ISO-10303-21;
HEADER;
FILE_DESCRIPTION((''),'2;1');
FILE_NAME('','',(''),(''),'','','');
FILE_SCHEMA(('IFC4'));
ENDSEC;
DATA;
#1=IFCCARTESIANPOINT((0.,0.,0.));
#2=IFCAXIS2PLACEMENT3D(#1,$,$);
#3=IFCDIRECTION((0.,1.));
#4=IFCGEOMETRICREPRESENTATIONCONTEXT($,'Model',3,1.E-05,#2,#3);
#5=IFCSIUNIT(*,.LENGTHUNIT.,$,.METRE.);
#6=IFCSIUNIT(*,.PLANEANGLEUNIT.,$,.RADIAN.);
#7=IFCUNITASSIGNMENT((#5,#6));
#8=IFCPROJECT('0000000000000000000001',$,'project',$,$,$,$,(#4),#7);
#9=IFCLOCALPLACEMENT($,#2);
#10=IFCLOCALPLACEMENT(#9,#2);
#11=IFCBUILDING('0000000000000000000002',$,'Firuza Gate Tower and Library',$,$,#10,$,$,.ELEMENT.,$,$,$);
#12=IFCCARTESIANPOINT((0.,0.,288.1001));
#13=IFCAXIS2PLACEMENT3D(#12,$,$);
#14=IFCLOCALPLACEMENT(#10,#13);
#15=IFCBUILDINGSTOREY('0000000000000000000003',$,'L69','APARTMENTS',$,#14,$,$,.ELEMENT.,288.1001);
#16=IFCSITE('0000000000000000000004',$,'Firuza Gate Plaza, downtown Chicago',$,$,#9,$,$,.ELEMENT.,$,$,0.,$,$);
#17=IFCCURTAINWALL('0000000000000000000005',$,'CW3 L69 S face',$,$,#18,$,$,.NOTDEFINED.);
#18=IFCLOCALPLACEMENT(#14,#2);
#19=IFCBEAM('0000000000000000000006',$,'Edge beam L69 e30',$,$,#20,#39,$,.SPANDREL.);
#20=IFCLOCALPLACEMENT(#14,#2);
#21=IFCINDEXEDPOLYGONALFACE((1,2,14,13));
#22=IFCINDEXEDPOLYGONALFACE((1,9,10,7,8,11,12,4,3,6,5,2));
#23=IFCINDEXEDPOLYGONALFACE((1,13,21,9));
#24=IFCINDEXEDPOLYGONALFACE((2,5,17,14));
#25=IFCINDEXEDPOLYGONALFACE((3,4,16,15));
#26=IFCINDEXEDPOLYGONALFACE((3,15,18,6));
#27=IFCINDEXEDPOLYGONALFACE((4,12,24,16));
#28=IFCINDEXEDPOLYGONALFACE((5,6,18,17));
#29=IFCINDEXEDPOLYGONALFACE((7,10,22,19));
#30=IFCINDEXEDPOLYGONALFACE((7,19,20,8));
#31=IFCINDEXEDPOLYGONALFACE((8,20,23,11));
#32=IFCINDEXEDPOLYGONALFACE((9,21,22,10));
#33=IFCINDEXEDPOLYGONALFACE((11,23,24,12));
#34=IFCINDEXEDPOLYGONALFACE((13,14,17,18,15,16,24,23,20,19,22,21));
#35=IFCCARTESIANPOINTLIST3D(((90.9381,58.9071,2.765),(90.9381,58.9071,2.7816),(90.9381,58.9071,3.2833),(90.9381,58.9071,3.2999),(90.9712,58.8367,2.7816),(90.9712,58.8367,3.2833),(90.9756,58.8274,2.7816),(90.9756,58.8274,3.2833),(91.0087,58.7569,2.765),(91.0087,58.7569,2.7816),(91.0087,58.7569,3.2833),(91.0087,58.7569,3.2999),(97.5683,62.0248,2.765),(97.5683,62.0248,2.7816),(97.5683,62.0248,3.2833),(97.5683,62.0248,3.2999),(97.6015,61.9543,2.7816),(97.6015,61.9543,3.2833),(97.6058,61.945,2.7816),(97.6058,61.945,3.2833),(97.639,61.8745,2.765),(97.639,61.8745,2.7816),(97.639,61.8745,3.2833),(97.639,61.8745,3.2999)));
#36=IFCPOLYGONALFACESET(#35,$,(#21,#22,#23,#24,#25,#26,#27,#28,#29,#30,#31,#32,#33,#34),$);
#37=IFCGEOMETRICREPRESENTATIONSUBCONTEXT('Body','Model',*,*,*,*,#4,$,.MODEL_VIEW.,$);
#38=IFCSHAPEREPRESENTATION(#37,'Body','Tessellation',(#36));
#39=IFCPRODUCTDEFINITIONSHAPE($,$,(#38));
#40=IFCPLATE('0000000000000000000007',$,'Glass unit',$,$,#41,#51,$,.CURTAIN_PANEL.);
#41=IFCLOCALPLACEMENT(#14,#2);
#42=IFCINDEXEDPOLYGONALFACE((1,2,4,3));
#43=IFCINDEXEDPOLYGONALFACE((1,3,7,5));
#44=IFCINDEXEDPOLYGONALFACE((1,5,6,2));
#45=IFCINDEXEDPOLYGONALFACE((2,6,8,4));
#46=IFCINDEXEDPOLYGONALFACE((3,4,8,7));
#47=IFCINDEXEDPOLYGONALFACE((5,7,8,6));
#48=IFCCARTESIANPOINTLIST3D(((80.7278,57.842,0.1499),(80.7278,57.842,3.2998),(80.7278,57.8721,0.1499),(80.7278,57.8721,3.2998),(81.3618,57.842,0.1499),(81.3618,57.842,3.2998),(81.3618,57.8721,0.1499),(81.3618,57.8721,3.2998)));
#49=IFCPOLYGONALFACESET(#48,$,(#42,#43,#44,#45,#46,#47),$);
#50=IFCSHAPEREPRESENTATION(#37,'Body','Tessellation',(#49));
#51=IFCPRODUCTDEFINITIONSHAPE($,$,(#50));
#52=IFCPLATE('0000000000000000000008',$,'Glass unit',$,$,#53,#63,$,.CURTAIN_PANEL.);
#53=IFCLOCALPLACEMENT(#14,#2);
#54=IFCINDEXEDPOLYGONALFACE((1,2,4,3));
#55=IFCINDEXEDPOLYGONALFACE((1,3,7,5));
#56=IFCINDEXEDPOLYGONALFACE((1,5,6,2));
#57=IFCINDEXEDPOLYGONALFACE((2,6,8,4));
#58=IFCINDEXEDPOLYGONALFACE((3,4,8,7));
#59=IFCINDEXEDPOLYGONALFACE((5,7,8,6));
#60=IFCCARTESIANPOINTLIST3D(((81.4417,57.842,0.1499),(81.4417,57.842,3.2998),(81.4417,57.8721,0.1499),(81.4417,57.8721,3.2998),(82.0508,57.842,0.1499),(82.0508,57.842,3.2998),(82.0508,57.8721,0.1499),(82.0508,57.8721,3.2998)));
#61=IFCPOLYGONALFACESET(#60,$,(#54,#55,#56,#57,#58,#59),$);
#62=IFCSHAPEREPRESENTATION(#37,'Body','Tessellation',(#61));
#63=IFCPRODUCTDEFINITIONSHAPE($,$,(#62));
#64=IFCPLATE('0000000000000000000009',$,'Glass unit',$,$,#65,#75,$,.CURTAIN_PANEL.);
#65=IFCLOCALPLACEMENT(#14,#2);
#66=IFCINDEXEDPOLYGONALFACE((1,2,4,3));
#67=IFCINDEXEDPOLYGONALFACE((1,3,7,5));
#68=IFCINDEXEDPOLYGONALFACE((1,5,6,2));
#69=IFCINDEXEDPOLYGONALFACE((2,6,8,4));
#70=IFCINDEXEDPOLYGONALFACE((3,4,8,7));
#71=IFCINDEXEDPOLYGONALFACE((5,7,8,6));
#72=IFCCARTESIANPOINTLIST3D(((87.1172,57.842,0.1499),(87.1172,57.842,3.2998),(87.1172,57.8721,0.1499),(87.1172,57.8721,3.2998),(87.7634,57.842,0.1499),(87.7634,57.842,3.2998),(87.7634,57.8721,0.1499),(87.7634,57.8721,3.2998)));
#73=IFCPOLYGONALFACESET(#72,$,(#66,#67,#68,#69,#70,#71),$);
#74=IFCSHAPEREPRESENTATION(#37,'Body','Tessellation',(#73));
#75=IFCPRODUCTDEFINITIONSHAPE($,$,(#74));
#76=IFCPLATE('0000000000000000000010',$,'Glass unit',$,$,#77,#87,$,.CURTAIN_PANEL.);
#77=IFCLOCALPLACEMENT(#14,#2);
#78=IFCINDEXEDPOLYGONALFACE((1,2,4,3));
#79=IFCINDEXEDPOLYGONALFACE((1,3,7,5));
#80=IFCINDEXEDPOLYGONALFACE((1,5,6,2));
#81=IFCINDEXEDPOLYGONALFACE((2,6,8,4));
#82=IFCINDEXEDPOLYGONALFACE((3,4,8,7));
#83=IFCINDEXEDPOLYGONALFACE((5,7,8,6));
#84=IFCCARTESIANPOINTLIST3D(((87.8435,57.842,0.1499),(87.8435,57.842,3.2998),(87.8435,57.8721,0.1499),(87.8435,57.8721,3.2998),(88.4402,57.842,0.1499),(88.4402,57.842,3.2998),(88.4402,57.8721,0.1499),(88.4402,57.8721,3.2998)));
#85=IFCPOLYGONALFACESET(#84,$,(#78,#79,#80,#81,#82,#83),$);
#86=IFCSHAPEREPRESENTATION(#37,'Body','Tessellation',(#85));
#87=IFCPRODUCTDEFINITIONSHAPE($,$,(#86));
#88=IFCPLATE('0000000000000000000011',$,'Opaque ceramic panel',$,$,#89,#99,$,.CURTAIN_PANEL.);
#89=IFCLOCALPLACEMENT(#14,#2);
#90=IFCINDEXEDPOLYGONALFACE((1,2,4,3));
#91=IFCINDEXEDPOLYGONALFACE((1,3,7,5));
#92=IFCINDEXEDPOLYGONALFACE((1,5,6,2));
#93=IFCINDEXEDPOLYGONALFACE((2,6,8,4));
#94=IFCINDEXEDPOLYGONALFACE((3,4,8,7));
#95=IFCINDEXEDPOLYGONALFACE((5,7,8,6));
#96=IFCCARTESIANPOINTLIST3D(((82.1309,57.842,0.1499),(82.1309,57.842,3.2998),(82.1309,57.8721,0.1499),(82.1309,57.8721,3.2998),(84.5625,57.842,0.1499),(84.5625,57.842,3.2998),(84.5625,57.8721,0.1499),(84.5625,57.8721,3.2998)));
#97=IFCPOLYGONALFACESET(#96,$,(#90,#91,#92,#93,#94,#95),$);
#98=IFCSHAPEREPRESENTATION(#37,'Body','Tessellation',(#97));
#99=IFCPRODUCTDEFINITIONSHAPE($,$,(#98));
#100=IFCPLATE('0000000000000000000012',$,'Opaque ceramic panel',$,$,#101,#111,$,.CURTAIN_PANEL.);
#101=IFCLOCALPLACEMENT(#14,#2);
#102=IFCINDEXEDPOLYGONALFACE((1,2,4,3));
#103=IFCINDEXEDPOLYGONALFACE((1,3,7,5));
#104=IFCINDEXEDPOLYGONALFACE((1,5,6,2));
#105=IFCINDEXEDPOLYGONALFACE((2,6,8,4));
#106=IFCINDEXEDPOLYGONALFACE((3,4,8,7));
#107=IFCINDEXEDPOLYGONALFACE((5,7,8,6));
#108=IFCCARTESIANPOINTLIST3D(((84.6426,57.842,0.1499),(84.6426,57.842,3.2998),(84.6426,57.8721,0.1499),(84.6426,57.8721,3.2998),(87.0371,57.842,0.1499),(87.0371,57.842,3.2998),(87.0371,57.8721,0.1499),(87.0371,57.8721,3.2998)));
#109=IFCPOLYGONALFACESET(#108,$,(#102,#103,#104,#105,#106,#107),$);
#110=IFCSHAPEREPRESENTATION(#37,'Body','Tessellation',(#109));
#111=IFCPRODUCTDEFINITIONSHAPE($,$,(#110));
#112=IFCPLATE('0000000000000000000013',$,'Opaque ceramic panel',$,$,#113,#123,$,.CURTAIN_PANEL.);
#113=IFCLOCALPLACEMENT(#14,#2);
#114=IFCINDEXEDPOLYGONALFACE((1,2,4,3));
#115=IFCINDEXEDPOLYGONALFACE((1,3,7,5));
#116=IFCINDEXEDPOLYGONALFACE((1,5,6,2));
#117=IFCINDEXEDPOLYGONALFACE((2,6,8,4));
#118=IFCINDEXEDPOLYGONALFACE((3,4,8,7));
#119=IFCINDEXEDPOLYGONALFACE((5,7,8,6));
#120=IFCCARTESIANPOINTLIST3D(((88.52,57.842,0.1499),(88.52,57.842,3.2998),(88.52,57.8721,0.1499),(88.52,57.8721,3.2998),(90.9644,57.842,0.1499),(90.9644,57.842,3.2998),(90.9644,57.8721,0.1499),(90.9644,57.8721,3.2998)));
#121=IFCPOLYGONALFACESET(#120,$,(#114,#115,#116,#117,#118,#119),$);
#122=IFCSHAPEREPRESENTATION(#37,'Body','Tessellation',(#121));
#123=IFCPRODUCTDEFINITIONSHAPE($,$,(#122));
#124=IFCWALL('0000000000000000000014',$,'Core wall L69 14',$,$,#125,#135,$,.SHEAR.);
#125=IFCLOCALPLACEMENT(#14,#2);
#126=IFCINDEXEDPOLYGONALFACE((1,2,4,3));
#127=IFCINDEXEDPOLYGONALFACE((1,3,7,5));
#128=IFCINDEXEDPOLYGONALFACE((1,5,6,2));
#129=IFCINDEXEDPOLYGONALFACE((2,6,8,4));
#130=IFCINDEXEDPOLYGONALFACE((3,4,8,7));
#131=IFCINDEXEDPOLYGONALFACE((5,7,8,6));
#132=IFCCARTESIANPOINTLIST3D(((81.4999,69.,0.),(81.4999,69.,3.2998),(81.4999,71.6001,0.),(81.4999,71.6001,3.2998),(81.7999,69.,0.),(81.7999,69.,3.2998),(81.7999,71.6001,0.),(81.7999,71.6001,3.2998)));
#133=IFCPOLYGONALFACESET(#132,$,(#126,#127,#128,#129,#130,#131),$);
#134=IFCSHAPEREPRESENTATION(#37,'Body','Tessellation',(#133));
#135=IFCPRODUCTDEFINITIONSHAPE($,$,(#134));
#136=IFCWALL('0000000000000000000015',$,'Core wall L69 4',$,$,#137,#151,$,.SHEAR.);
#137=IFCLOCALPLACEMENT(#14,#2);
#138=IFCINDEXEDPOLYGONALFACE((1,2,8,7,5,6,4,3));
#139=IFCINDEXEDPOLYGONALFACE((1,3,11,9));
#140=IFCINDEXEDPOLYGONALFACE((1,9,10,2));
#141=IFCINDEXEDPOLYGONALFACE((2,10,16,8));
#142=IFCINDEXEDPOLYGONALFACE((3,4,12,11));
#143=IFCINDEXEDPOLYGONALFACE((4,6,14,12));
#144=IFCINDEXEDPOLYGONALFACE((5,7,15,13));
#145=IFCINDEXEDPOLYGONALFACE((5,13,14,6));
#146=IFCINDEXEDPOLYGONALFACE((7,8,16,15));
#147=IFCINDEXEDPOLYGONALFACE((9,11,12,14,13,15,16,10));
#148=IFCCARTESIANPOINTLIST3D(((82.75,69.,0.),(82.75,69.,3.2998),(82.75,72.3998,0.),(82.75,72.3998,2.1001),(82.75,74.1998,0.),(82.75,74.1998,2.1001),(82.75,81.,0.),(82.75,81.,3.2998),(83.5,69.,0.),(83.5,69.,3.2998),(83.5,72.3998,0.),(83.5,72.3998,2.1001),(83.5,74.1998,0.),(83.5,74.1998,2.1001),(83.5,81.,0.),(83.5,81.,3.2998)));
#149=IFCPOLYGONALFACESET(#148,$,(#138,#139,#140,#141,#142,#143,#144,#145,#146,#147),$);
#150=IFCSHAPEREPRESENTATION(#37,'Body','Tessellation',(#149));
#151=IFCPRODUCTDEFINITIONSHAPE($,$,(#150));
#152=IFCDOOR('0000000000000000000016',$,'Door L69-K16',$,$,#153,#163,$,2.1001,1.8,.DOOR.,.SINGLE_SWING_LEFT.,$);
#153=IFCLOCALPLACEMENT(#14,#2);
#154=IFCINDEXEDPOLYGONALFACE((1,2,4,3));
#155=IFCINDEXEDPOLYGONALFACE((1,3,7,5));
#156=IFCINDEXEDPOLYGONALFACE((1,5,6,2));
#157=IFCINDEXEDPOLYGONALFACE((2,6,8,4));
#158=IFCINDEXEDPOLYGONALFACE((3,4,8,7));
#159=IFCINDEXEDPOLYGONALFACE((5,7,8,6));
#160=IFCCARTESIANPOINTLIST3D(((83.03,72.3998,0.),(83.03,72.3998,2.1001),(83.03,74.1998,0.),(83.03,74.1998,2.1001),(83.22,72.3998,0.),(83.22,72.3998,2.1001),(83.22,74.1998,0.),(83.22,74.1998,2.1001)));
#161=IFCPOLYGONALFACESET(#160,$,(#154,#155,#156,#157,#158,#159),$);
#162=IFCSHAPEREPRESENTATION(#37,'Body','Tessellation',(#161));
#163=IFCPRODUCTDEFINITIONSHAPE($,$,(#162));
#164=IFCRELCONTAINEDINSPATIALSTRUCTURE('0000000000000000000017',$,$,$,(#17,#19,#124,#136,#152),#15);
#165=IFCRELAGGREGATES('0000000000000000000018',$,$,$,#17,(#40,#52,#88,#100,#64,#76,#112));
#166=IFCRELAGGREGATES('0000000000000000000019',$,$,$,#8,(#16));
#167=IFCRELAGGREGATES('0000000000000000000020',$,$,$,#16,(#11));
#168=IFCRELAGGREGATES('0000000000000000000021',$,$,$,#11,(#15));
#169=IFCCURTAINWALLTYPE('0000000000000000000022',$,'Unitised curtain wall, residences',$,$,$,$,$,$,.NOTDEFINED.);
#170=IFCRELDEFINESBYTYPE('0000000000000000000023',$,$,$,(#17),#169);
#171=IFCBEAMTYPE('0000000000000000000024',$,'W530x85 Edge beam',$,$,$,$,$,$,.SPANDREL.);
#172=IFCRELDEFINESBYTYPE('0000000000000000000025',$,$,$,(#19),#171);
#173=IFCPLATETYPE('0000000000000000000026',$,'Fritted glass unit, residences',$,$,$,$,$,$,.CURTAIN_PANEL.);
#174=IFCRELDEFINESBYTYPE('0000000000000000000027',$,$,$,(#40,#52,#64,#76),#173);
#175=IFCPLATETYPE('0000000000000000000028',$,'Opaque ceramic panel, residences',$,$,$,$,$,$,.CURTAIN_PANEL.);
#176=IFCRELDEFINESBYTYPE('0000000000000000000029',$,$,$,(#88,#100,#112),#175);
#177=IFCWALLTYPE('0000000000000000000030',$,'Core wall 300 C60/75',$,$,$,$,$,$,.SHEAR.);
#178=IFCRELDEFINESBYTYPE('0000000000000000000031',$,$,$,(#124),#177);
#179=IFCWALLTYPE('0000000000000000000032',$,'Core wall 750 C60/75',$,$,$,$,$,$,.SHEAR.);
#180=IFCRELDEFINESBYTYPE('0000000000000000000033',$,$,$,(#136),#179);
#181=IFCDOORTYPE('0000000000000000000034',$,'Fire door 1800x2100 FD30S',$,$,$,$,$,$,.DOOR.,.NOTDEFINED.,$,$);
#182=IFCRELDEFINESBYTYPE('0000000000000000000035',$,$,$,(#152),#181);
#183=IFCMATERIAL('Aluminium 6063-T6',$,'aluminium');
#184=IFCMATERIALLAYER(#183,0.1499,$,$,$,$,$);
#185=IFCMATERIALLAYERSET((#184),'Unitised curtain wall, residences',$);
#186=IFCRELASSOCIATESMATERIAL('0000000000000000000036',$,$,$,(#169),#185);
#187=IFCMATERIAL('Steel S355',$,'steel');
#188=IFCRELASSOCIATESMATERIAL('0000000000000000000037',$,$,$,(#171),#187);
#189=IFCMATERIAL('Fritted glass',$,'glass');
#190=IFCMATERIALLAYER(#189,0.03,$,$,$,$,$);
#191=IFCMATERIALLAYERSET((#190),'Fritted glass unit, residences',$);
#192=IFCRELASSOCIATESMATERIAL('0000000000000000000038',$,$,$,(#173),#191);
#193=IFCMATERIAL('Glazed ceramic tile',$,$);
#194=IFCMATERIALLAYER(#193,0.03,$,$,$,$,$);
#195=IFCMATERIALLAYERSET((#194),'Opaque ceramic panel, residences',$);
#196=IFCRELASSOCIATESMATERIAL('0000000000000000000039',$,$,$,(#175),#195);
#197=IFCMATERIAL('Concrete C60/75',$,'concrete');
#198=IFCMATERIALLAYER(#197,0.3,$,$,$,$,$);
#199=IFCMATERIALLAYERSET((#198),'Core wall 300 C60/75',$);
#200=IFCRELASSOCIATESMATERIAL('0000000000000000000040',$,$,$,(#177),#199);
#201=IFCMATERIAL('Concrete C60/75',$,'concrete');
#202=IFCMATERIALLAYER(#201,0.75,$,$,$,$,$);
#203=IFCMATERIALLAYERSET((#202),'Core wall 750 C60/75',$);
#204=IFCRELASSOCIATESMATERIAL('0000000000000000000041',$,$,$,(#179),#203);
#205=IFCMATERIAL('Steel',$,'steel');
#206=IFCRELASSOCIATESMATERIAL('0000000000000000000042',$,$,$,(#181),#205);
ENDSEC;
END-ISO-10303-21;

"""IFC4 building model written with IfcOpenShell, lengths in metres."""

from ifc_helpers import new_model, si_unit, direction, frame, frame_2d, origin, origin_2d, place, context, subcontext, project, spatial, polyline, rectangle, i_section, outline, extrude, material, layer, layer_set, material_profile, profile_set, type_object, element, fill, aggregate, save


model = new_model("IFC4")

# Units and contexts
model_context = context("Model", 3, precision=1e-05, world=origin(), true_north=direction((0.0, 1.0)))
body_context = subcontext(model_context, "Body", "Model", "MODEL_VIEW")
ifc_project = project(units=[si_unit("LENGTHUNIT", "METRE"), si_unit("PLANEANGLEUNIT", "RADIAN")], contexts=[model_context])

# Site, building, storey
site_placement = place(None, origin())
site = spatial("IfcSite", under=ifc_project, at=site_placement, Name="Firuza Gate Plaza, downtown Chicago", CompositionType="ELEMENT", RefElevation=0.0)
building_placement = place(site_placement, origin())
building = spatial("IfcBuilding", under=site, at=building_placement, Name="Firuza Gate Tower and Library", CompositionType="ELEMENT")
storey_placement = place(building_placement, frame((0.0, 0.0, 288.1001)))
storey = spatial("IfcBuildingStorey", under=building, at=storey_placement, Name="L69", Description="APARTMENTS", CompositionType="ELEMENT", Elevation=288.1001)

# Curtain wall
ifc_material_1 = material(Name="Aluminium 6063-T6", Category="aluminium")
ifc_layer_1 = layer(ifc_material_1, 0.1499)
ifc_layer_set_1 = layer_set([ifc_layer_1], Name="Unitised curtain wall, residences")
curtain_wall_type = type_object("IfcCurtainWallType", Name="Unitised curtain wall, residences", PredefinedType="NOTDEFINED", material=ifc_layer_set_1)
curtain_wall_placement = place(storey_placement, origin())
curtain_wall = element("IfcCurtainWall", 1, at=curtain_wall_placement, inside=storey, type_object=curtain_wall_type, Name="CW3 L69 S face", PredefinedType="NOTDEFINED")

# Beam
ifc_material_2 = material(Name="Steel S355", Category="steel")
ifc_material_profile_1 = material_profile(ifc_material_2, i_section(OverallWidth=0.166, OverallDepth=0.5349, WebThickness=0.0103, FlangeThickness=0.0166, at=origin_2d()))
ifc_profile_set_1 = profile_set([ifc_material_profile_1], Name="Steel S355")
beam_type_1 = type_object("IfcBeamType", Name="W530x85 Edge beam", PredefinedType="SPANDREL", material=ifc_profile_set_1)
beam_1_placement = place(storey_placement, frame((90.9734, 58.832, 3.0325), z_axis=(0.90495, 0.425518, 0.0), x_axis=(-0.425518, 0.90495, 0.0)))
element("IfcBeam", 2, at=beam_1_placement, inside=storey, type_object=beam_type_1, Name="Edge beam L69 e30", PredefinedType="SPANDREL", context=body_context, shape_type="SweptSolid", body=[
    extrude(i_section(OverallWidth=0.166, OverallDepth=0.5349, WebThickness=0.0103, FlangeThickness=0.0166, at=origin_2d()), origin(), (0.0, 0.0, 1.0), 7.3267),
])

# Plates
ifc_material_3 = material(Name="Fritted glass", Category="glass")
ifc_layer_2 = layer(ifc_material_3, 0.03)
ifc_layer_set_2 = layer_set([ifc_layer_2], Name="Fritted glass unit, residences")
plate_type_1 = type_object("IfcPlateType", Name="Fritted glass unit, residences", PredefinedType="CURTAIN_PANEL", material=ifc_layer_set_2)
plate_1_placement = place(storey_placement, frame((80.7278, 57.842, 0.1499), z_axis=(0.0, -1.0, 0.0), x_axis=(1.0, 0.0, 0.0)))
plate_1 = element("IfcPlate", 3, at=plate_1_placement, type_object=plate_type_1, Name="Glass unit", PredefinedType="CURTAIN_PANEL", context=body_context, shape_type="SweptSolid", body=[
    extrude(outline(polyline([(0.0, 0.0), (0.634, 0.0), (0.634, 3.1499), (0.0, 3.1499), (0.0, 0.0)])), origin(), (0.0, 0.0, -1.0), 0.03),
])
plate_2_placement = place(storey_placement, frame((81.4417, 57.842, 0.1499), z_axis=(0.0, -1.0, 0.0), x_axis=(1.0, 0.0, 0.0)))
plate_2 = element("IfcPlate", 4, at=plate_2_placement, type_object=plate_type_1, Name="Glass unit", PredefinedType="CURTAIN_PANEL", context=body_context, shape_type="SweptSolid", body=[
    extrude(outline(polyline([(0.0, 0.0), (0.6091, 0.0), (0.6091, 3.1499), (0.0, 3.1499), (0.0, 0.0)])), origin(), (0.0, 0.0, -1.0), 0.03),
])
plate_3_placement = place(storey_placement, frame((87.1172, 57.842, 0.1499), z_axis=(0.0, -1.0, 0.0), x_axis=(1.0, 0.0, 0.0)))
plate_3 = element("IfcPlate", 5, at=plate_3_placement, type_object=plate_type_1, Name="Glass unit", PredefinedType="CURTAIN_PANEL", context=body_context, shape_type="SweptSolid", body=[
    extrude(outline(polyline([(0.0, 0.0), (0.6462, 0.0), (0.6462, 3.1499), (0.0, 3.1499), (0.0, 0.0)])), origin(), (0.0, 0.0, -1.0), 0.03),
])
plate_4_placement = place(storey_placement, frame((87.8435, 57.842, 0.1499), z_axis=(0.0, -1.0, 0.0), x_axis=(1.0, 0.0, 0.0)))
plate_4 = element("IfcPlate", 6, at=plate_4_placement, type_object=plate_type_1, Name="Glass unit", PredefinedType="CURTAIN_PANEL", context=body_context, shape_type="SweptSolid", body=[
    extrude(outline(polyline([(0.0, 0.0), (0.5967, 0.0), (0.5967, 3.1499), (0.0, 3.1499), (0.0, 0.0)])), origin(), (0.0, 0.0, -1.0), 0.03),
])
ifc_material_4 = material(Name="Glazed ceramic tile")
ifc_layer_3 = layer(ifc_material_4, 0.03)
ifc_layer_set_3 = layer_set([ifc_layer_3], Name="Opaque ceramic panel, residences")
plate_type_2 = type_object("IfcPlateType", Name="Opaque ceramic panel, residences", PredefinedType="CURTAIN_PANEL", material=ifc_layer_set_3)
plate_5_placement = place(storey_placement, frame((82.1309, 57.842, 0.1499), z_axis=(0.0, -1.0, 0.0), x_axis=(1.0, 0.0, 0.0)))
plate_5 = element("IfcPlate", 7, at=plate_5_placement, type_object=plate_type_2, Name="Opaque ceramic panel", PredefinedType="CURTAIN_PANEL", context=body_context, shape_type="SweptSolid", body=[
    extrude(outline(polyline([(0.0, 0.0), (2.4316, 0.0), (2.4316, 3.1499), (0.0, 3.1499), (0.0, 0.0)])), origin(), (0.0, 0.0, -1.0), 0.03),
])
plate_6_placement = place(storey_placement, frame((84.6426, 57.842, 0.1499), z_axis=(0.0, -1.0, 0.0), x_axis=(1.0, 0.0, 0.0)))
plate_6 = element("IfcPlate", 8, at=plate_6_placement, type_object=plate_type_2, Name="Opaque ceramic panel", PredefinedType="CURTAIN_PANEL", context=body_context, shape_type="SweptSolid", body=[
    extrude(outline(polyline([(0.0, 0.0), (2.3945, 0.0), (2.3945, 3.1499), (0.0, 3.1499), (0.0, 0.0)])), origin(), (0.0, 0.0, -1.0), 0.03),
])
plate_7_placement = place(storey_placement, frame((88.52, 57.842, 0.1499), z_axis=(0.0, -1.0, 0.0), x_axis=(1.0, 0.0, 0.0)))
plate_7 = element("IfcPlate", 9, at=plate_7_placement, type_object=plate_type_2, Name="Opaque ceramic panel", PredefinedType="CURTAIN_PANEL", context=body_context, shape_type="SweptSolid", body=[
    extrude(outline(polyline([(0.0, 0.0), (2.4443, 0.0), (2.4443, 3.1499), (0.0, 3.1499), (0.0, 0.0)])), origin(), (0.0, 0.0, -1.0), 0.03),
])
aggregate(curtain_wall, [plate_1, plate_2, plate_5, plate_6, plate_3, plate_4, plate_7])

# Wall
ifc_material_5 = material(Name="Concrete C60/75", Category="concrete")
ifc_layer_4 = layer(ifc_material_5, 0.3)
ifc_layer_set_4 = layer_set([ifc_layer_4], Name="Core wall 300 C60/75")
wall_type_1 = type_object("IfcWallType", Name="Core wall 300 C60/75", PredefinedType="SHEAR", material=ifc_layer_set_4)
wall_1_placement = place(storey_placement, frame((81.6499, 69.0, 0.0), z_axis=(0.0, 0.0, 1.0), x_axis=(0.0, 1.0, 0.0)))
element("IfcWall", 10, at=wall_1_placement, inside=storey, type_object=wall_type_1, Name="Core wall L69 14", PredefinedType="SHEAR", context=body_context, shape_type="SweptSolid", body=[
    extrude(rectangle(XDim=2.6001, YDim=0.3, at=frame_2d((1.3, 0.0))), origin(), (0.0, 0.0, 1.0), 3.2998),
])

# Wall, opening, door
ifc_material_6 = material(Name="Concrete C60/75", Category="concrete")
ifc_layer_5 = layer(ifc_material_6, 0.75)
ifc_layer_set_5 = layer_set([ifc_layer_5], Name="Core wall 750 C60/75")
wall_type_2 = type_object("IfcWallType", Name="Core wall 750 C60/75", PredefinedType="SHEAR", material=ifc_layer_set_5)
wall_2_placement = place(storey_placement, frame((83.125, 69.0, 0.0), z_axis=(0.0, 0.0, 1.0), x_axis=(0.0, 1.0, 0.0)))
wall_2 = element("IfcWall", 11, at=wall_2_placement, inside=storey, type_object=wall_type_2, Name="Core wall L69 4", PredefinedType="SHEAR", context=body_context, shape_type="SweptSolid", body=[
    extrude(rectangle(XDim=12.0, YDim=0.75, at=frame_2d((6.0, 0.0))), origin(), (0.0, 0.0, 1.0), 3.2998),
])
opening_1_placement = place(wall_2_placement, frame((3.3999, 0.0, 0.0)))
opening_1 = element("IfcOpeningElement", 12, at=opening_1_placement, cuts=wall_2, PredefinedType="OPENING", context=body_context, shape_type="SweptSolid", body=[
    extrude(rectangle(XDim=1.8, YDim=2.1001, at=frame_2d((0.8999, 1.05))), frame((0.0, 0.385, 0.0), z_axis=(0.0, -1.0, 0.0), x_axis=(1.0, 0.0, 0.0)), (0.0, 0.0, 1.0), 0.77),
])
ifc_material_7 = material(Name="Steel", Category="steel")
door_type_1 = type_object("IfcDoorType", Name="Fire door 1800x2100 FD30S", OperationType="NOTDEFINED", PredefinedType="DOOR", material=ifc_material_7)
door_1_placement = place(opening_1_placement, origin())
door_1 = element("IfcDoor", 13, at=door_1_placement, inside=storey, type_object=door_type_1, Name="Door L69-K16", OperationType="SINGLE_SWING_LEFT", OverallHeight=2.1001, OverallWidth=1.8, PredefinedType="DOOR", context=body_context, shape_type="SweptSolid", body=[
    extrude(rectangle(XDim=1.8, YDim=2.1001, at=frame_2d((0.8999, 1.05))), frame((0.0, 0.095, 0.0), z_axis=(0.0, -1.0, 0.0), x_axis=(1.0, 0.0, 0.0)), (0.0, 0.0, 1.0), 0.1899),
])
fill(opening_1, door_1)

save(model, "model.ifc")
